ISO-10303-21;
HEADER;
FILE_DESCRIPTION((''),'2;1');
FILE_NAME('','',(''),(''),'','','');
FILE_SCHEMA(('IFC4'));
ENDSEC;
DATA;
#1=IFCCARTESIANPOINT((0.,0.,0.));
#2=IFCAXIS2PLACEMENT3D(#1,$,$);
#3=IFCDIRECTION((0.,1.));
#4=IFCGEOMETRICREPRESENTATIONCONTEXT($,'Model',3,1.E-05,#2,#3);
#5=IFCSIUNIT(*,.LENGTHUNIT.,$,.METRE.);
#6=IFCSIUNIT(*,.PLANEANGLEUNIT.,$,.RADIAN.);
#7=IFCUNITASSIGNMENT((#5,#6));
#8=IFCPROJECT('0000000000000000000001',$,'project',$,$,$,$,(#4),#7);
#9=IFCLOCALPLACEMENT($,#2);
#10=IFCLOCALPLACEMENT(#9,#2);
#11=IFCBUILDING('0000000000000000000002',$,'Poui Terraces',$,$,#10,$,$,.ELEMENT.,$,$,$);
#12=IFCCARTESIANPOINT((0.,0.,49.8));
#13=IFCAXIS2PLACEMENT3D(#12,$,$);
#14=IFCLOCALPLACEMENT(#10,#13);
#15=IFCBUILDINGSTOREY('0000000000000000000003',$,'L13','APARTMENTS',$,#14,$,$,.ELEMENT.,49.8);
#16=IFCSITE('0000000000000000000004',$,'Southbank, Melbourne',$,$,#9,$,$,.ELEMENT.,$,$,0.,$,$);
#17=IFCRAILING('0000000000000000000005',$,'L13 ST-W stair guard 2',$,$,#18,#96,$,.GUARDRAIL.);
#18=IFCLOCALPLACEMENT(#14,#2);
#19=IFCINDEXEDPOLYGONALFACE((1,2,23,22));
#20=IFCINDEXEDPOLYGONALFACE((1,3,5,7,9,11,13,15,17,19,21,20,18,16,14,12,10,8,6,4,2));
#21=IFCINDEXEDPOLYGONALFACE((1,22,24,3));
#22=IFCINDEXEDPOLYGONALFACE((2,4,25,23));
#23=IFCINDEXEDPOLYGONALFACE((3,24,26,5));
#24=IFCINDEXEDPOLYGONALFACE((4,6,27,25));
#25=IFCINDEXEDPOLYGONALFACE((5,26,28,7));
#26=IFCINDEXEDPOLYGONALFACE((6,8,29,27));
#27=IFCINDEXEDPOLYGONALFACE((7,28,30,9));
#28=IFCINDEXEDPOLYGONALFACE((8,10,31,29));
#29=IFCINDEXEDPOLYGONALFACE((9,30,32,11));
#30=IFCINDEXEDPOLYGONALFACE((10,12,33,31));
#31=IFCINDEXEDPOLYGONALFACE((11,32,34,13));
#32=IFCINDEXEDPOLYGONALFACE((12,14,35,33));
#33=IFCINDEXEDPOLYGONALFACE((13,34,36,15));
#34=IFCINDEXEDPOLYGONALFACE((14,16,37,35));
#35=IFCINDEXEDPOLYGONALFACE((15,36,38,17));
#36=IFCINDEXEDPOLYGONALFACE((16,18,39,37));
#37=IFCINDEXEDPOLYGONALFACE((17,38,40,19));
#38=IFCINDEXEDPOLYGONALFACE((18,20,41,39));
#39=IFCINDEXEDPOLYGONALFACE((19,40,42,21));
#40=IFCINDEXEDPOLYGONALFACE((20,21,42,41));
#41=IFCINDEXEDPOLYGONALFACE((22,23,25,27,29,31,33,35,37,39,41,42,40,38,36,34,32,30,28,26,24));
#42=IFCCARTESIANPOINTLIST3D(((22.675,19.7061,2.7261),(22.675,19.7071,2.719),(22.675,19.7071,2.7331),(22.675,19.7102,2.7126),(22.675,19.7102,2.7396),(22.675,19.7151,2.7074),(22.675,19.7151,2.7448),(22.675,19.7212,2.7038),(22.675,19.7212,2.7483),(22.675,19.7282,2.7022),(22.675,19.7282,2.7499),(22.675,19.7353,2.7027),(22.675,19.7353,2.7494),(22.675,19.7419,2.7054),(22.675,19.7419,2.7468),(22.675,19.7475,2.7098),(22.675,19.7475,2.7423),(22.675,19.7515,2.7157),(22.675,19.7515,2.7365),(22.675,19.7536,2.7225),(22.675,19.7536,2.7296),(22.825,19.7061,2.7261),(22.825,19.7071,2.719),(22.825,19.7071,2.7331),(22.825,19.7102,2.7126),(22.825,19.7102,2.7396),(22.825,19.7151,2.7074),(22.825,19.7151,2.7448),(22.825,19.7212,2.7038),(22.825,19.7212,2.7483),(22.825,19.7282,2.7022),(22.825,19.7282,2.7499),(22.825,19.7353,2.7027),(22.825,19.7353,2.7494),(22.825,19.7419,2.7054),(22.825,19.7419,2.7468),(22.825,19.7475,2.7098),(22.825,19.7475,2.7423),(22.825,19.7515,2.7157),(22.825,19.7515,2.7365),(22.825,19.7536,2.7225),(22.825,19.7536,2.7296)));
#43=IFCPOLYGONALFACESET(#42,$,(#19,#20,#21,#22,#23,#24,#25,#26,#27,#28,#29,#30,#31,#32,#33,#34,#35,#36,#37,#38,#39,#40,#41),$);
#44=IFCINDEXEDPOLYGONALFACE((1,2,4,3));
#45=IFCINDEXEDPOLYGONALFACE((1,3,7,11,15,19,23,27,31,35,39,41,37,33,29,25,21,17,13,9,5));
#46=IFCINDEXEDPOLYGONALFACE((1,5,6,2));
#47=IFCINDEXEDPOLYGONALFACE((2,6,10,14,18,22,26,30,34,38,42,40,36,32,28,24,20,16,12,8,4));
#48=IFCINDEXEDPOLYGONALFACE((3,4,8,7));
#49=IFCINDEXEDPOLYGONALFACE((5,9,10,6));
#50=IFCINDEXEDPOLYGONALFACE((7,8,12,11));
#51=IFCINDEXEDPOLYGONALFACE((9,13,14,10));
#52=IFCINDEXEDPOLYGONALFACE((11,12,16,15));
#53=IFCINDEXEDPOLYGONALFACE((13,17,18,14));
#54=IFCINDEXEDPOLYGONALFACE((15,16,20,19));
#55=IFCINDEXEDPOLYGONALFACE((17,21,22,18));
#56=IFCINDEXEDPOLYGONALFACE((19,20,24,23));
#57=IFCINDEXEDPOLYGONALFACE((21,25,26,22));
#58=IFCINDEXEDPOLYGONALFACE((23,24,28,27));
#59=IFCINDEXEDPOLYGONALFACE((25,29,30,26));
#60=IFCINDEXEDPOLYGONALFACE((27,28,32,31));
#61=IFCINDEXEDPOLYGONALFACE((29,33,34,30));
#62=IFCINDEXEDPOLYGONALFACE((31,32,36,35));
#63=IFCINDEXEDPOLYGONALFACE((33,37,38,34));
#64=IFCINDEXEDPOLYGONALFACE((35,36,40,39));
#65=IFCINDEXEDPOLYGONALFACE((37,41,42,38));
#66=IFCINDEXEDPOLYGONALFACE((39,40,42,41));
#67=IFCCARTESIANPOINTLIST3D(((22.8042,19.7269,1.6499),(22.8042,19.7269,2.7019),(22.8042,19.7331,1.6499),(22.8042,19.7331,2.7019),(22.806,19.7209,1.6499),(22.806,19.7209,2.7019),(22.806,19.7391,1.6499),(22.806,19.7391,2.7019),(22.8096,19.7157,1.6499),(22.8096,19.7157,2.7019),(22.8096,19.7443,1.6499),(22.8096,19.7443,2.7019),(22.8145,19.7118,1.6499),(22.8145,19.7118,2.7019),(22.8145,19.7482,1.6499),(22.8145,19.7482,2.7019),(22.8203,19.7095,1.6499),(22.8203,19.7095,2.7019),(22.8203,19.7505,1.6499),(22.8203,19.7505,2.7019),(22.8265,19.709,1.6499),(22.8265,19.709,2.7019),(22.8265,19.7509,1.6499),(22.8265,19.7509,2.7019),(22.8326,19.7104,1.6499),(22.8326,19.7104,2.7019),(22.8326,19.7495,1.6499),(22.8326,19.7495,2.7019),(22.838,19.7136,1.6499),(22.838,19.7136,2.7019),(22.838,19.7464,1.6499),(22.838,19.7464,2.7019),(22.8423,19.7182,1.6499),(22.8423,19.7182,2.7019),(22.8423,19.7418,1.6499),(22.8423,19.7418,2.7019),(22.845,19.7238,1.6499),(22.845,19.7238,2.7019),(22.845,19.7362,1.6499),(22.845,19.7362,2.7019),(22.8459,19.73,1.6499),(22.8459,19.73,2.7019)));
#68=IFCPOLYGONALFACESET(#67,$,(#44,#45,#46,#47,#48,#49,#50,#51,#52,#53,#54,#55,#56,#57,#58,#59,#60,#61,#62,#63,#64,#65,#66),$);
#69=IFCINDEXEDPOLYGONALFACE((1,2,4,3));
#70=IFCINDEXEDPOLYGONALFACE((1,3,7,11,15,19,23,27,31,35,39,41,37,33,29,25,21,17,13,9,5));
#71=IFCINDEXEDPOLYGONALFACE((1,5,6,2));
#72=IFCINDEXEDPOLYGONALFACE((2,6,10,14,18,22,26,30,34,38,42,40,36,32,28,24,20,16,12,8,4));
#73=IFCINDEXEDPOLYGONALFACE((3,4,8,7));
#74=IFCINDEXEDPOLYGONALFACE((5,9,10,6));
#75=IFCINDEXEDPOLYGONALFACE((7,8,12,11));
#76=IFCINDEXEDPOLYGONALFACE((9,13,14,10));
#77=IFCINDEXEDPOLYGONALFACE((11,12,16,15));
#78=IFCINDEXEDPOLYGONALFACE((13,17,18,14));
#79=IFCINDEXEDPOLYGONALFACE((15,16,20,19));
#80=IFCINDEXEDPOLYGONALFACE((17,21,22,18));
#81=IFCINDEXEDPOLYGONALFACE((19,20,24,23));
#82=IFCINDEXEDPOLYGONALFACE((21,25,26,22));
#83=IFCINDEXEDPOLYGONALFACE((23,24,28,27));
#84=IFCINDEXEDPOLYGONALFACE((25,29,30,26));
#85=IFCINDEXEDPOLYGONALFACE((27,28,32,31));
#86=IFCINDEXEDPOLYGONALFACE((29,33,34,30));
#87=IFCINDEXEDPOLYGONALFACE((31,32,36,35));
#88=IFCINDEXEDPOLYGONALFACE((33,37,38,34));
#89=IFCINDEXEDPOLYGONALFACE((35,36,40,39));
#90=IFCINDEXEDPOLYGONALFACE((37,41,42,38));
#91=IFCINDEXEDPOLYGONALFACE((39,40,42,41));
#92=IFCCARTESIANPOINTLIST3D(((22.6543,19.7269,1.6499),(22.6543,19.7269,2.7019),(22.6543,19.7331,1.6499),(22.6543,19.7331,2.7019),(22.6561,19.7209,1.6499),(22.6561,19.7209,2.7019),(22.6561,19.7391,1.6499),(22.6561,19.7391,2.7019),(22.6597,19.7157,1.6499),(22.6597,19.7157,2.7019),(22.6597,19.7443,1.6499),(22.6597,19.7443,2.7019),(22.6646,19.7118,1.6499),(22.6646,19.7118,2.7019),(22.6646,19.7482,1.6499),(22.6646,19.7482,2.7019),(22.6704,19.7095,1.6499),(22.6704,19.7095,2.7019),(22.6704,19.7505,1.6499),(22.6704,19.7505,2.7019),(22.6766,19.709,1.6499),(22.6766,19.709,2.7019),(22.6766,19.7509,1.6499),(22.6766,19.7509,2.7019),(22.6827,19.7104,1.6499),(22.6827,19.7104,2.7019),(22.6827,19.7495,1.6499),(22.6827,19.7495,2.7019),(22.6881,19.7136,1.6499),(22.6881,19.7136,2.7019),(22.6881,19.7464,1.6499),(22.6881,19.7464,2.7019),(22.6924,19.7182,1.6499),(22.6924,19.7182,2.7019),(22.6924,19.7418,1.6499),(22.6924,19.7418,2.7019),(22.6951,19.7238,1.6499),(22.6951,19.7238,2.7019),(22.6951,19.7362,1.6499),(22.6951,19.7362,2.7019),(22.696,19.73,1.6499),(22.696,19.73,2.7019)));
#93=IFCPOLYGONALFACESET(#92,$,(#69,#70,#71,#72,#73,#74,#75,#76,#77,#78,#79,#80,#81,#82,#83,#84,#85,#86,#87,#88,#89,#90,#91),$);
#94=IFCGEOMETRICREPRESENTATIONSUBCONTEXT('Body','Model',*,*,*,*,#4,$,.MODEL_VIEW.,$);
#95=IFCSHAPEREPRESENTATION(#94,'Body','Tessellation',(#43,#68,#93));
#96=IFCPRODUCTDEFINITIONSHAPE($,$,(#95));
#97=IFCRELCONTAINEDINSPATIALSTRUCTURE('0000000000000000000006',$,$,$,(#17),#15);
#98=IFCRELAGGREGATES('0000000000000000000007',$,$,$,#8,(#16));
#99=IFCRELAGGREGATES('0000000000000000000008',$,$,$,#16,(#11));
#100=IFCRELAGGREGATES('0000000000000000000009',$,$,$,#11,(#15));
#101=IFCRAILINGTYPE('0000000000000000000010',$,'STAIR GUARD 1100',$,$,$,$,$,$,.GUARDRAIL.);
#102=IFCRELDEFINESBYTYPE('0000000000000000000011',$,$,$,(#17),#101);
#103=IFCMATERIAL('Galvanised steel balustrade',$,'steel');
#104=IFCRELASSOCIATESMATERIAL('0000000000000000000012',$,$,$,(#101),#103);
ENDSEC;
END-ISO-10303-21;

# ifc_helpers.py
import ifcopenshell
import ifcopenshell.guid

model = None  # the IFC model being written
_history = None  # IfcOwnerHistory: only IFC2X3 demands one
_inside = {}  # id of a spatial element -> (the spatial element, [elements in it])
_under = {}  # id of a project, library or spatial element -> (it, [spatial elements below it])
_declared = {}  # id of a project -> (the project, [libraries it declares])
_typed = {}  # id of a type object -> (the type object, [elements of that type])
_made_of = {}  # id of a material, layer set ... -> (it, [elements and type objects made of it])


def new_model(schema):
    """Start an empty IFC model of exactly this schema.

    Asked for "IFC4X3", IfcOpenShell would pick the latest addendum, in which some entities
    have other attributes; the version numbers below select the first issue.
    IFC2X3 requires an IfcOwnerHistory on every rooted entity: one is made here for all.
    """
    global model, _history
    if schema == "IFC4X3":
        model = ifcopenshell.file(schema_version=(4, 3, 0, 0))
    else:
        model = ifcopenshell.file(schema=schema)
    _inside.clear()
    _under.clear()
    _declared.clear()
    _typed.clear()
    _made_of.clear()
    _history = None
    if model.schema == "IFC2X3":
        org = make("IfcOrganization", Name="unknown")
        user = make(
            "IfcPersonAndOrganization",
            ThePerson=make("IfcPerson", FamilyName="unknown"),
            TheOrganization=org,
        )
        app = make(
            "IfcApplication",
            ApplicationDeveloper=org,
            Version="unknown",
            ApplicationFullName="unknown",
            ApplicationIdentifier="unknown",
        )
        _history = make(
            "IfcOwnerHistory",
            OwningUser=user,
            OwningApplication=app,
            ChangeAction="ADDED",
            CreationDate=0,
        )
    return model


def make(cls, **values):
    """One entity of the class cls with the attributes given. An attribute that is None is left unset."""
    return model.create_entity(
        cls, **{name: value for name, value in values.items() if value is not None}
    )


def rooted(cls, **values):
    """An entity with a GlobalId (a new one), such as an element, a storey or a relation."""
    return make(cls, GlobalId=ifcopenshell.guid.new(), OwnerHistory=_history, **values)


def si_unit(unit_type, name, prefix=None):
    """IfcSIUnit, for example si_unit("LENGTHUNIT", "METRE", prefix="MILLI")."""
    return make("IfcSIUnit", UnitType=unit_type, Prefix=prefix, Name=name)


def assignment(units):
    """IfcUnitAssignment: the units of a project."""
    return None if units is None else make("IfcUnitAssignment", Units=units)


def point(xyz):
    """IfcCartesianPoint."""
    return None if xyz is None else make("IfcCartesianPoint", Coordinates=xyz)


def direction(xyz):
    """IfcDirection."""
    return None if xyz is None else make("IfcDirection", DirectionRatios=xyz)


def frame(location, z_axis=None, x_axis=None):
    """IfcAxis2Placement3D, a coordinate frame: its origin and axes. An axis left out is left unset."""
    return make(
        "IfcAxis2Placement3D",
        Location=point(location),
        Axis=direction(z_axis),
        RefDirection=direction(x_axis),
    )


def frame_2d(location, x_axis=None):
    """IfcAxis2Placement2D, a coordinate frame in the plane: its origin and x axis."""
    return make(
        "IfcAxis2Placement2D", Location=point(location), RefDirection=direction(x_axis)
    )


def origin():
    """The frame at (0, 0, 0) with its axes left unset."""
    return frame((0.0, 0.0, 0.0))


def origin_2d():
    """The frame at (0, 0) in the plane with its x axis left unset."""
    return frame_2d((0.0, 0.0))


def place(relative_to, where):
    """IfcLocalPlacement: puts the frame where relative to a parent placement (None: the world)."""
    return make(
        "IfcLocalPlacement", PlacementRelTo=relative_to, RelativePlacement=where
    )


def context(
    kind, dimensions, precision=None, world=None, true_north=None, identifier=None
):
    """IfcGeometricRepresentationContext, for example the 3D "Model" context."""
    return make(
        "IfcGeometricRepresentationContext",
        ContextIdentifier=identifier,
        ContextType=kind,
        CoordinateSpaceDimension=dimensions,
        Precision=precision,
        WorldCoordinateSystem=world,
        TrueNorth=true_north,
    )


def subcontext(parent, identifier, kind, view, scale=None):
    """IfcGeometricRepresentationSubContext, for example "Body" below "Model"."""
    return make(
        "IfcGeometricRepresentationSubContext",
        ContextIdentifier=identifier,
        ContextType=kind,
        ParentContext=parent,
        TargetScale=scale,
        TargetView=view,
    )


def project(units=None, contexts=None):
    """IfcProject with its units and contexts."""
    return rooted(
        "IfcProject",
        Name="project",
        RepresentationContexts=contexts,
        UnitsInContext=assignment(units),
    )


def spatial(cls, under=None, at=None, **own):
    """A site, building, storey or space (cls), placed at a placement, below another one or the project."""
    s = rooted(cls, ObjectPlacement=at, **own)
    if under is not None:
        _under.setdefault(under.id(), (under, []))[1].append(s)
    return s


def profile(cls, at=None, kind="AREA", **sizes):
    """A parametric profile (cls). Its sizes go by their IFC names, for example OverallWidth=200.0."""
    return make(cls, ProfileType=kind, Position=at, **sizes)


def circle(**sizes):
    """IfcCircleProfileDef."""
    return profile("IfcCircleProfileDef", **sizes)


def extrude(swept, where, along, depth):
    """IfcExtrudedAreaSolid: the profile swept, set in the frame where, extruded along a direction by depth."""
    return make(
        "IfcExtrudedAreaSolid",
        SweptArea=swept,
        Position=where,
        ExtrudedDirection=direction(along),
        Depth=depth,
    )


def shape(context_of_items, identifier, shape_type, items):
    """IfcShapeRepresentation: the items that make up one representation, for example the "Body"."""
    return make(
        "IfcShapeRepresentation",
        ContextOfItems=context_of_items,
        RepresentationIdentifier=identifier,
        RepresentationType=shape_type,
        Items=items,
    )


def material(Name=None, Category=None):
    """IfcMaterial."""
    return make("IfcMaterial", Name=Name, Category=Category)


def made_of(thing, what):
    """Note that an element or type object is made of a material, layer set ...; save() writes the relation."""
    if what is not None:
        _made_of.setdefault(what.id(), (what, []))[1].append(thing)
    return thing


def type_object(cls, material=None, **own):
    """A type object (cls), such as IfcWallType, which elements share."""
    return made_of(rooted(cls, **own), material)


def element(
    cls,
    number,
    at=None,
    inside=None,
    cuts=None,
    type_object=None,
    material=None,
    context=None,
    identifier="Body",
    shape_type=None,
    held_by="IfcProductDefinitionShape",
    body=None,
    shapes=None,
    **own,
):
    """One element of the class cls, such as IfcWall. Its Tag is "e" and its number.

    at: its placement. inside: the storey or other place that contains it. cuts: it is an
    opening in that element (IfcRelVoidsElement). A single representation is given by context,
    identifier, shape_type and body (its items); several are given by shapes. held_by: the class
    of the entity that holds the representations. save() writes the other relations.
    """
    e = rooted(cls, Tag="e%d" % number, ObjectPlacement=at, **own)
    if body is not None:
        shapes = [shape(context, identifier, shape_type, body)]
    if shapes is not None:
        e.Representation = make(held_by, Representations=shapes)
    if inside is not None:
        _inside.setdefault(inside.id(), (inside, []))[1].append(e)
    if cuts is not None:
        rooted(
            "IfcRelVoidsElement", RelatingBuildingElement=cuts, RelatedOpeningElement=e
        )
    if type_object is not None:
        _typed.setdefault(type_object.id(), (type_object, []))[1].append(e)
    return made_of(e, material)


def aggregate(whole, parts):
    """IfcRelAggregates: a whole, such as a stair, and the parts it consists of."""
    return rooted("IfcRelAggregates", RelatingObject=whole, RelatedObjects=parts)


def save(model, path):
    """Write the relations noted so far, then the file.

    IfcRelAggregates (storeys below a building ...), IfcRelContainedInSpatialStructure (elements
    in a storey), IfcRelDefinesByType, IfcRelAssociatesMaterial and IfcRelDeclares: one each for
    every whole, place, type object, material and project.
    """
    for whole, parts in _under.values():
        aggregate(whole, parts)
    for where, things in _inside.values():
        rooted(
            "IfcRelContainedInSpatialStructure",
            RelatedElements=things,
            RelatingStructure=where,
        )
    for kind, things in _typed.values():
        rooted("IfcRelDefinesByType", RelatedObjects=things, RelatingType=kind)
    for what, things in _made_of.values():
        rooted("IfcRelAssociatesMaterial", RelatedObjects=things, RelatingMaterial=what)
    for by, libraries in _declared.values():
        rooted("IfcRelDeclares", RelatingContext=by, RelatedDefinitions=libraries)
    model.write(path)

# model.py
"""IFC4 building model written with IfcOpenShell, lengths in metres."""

from ifc_helpers import new_model, si_unit, direction, frame, origin, origin_2d, place, context, subcontext, project, spatial, circle, extrude, material, type_object, element, save


model = new_model("IFC4")

# Units and contexts
model_context = context("Model", 3, precision=1e-05, world=origin(), true_north=direction((0.0, 1.0)))
body_context = subcontext(model_context, "Body", "Model", "MODEL_VIEW")
ifc_project = project(units=[si_unit("LENGTHUNIT", "METRE"), si_unit("PLANEANGLEUNIT", "RADIAN")], contexts=[model_context])

# Site, building, storey
site_placement = place(None, origin())
site = spatial("IfcSite", under=ifc_project, at=site_placement, Name="Southbank, Melbourne", CompositionType="ELEMENT", RefElevation=0.0)
building_placement = place(site_placement, origin())
building = spatial("IfcBuilding", under=site, at=building_placement, Name="Poui Terraces", CompositionType="ELEMENT")
storey_placement = place(building_placement, frame((0.0, 0.0, 49.8)))
storey = spatial("IfcBuildingStorey", under=building, at=storey_placement, Name="L13", Description="APARTMENTS", CompositionType="ELEMENT", Elevation=49.8)

# Railing
ifc_material_1 = material(Name="Galvanised steel balustrade", Category="steel")
railing_type_1 = type_object("IfcRailingType", Name="STAIR GUARD 1100", PredefinedType="GUARDRAIL", material=ifc_material_1)
railing_1_placement = place(storey_placement, frame((22.825, 19.73, 1.6499)))
element("IfcRailing", 1, at=railing_1_placement, inside=storey, type_object=railing_type_1, Name="L13 ST-W stair guard 2", PredefinedType="GUARDRAIL", context=body_context, shape_type="SweptSolid", body=[
    extrude(circle(Radius=0.0239, at=origin_2d()), frame((0.0, 0.0, 1.0762), z_axis=(-1.0, 0.0, 0.0), x_axis=(0.0, -1.0, 0.0)), (0.0, 0.0, 1.0), 0.1499),
    extrude(circle(Radius=0.021, at=origin_2d()), origin(), (0.0, 0.0, 1.0), 1.052),
    extrude(circle(Radius=0.021, at=origin_2d()), frame((-0.1499, 0.0, 0.0)), (0.0, 0.0, 1.0), 1.052),
])

save(model, "model.ifc")
